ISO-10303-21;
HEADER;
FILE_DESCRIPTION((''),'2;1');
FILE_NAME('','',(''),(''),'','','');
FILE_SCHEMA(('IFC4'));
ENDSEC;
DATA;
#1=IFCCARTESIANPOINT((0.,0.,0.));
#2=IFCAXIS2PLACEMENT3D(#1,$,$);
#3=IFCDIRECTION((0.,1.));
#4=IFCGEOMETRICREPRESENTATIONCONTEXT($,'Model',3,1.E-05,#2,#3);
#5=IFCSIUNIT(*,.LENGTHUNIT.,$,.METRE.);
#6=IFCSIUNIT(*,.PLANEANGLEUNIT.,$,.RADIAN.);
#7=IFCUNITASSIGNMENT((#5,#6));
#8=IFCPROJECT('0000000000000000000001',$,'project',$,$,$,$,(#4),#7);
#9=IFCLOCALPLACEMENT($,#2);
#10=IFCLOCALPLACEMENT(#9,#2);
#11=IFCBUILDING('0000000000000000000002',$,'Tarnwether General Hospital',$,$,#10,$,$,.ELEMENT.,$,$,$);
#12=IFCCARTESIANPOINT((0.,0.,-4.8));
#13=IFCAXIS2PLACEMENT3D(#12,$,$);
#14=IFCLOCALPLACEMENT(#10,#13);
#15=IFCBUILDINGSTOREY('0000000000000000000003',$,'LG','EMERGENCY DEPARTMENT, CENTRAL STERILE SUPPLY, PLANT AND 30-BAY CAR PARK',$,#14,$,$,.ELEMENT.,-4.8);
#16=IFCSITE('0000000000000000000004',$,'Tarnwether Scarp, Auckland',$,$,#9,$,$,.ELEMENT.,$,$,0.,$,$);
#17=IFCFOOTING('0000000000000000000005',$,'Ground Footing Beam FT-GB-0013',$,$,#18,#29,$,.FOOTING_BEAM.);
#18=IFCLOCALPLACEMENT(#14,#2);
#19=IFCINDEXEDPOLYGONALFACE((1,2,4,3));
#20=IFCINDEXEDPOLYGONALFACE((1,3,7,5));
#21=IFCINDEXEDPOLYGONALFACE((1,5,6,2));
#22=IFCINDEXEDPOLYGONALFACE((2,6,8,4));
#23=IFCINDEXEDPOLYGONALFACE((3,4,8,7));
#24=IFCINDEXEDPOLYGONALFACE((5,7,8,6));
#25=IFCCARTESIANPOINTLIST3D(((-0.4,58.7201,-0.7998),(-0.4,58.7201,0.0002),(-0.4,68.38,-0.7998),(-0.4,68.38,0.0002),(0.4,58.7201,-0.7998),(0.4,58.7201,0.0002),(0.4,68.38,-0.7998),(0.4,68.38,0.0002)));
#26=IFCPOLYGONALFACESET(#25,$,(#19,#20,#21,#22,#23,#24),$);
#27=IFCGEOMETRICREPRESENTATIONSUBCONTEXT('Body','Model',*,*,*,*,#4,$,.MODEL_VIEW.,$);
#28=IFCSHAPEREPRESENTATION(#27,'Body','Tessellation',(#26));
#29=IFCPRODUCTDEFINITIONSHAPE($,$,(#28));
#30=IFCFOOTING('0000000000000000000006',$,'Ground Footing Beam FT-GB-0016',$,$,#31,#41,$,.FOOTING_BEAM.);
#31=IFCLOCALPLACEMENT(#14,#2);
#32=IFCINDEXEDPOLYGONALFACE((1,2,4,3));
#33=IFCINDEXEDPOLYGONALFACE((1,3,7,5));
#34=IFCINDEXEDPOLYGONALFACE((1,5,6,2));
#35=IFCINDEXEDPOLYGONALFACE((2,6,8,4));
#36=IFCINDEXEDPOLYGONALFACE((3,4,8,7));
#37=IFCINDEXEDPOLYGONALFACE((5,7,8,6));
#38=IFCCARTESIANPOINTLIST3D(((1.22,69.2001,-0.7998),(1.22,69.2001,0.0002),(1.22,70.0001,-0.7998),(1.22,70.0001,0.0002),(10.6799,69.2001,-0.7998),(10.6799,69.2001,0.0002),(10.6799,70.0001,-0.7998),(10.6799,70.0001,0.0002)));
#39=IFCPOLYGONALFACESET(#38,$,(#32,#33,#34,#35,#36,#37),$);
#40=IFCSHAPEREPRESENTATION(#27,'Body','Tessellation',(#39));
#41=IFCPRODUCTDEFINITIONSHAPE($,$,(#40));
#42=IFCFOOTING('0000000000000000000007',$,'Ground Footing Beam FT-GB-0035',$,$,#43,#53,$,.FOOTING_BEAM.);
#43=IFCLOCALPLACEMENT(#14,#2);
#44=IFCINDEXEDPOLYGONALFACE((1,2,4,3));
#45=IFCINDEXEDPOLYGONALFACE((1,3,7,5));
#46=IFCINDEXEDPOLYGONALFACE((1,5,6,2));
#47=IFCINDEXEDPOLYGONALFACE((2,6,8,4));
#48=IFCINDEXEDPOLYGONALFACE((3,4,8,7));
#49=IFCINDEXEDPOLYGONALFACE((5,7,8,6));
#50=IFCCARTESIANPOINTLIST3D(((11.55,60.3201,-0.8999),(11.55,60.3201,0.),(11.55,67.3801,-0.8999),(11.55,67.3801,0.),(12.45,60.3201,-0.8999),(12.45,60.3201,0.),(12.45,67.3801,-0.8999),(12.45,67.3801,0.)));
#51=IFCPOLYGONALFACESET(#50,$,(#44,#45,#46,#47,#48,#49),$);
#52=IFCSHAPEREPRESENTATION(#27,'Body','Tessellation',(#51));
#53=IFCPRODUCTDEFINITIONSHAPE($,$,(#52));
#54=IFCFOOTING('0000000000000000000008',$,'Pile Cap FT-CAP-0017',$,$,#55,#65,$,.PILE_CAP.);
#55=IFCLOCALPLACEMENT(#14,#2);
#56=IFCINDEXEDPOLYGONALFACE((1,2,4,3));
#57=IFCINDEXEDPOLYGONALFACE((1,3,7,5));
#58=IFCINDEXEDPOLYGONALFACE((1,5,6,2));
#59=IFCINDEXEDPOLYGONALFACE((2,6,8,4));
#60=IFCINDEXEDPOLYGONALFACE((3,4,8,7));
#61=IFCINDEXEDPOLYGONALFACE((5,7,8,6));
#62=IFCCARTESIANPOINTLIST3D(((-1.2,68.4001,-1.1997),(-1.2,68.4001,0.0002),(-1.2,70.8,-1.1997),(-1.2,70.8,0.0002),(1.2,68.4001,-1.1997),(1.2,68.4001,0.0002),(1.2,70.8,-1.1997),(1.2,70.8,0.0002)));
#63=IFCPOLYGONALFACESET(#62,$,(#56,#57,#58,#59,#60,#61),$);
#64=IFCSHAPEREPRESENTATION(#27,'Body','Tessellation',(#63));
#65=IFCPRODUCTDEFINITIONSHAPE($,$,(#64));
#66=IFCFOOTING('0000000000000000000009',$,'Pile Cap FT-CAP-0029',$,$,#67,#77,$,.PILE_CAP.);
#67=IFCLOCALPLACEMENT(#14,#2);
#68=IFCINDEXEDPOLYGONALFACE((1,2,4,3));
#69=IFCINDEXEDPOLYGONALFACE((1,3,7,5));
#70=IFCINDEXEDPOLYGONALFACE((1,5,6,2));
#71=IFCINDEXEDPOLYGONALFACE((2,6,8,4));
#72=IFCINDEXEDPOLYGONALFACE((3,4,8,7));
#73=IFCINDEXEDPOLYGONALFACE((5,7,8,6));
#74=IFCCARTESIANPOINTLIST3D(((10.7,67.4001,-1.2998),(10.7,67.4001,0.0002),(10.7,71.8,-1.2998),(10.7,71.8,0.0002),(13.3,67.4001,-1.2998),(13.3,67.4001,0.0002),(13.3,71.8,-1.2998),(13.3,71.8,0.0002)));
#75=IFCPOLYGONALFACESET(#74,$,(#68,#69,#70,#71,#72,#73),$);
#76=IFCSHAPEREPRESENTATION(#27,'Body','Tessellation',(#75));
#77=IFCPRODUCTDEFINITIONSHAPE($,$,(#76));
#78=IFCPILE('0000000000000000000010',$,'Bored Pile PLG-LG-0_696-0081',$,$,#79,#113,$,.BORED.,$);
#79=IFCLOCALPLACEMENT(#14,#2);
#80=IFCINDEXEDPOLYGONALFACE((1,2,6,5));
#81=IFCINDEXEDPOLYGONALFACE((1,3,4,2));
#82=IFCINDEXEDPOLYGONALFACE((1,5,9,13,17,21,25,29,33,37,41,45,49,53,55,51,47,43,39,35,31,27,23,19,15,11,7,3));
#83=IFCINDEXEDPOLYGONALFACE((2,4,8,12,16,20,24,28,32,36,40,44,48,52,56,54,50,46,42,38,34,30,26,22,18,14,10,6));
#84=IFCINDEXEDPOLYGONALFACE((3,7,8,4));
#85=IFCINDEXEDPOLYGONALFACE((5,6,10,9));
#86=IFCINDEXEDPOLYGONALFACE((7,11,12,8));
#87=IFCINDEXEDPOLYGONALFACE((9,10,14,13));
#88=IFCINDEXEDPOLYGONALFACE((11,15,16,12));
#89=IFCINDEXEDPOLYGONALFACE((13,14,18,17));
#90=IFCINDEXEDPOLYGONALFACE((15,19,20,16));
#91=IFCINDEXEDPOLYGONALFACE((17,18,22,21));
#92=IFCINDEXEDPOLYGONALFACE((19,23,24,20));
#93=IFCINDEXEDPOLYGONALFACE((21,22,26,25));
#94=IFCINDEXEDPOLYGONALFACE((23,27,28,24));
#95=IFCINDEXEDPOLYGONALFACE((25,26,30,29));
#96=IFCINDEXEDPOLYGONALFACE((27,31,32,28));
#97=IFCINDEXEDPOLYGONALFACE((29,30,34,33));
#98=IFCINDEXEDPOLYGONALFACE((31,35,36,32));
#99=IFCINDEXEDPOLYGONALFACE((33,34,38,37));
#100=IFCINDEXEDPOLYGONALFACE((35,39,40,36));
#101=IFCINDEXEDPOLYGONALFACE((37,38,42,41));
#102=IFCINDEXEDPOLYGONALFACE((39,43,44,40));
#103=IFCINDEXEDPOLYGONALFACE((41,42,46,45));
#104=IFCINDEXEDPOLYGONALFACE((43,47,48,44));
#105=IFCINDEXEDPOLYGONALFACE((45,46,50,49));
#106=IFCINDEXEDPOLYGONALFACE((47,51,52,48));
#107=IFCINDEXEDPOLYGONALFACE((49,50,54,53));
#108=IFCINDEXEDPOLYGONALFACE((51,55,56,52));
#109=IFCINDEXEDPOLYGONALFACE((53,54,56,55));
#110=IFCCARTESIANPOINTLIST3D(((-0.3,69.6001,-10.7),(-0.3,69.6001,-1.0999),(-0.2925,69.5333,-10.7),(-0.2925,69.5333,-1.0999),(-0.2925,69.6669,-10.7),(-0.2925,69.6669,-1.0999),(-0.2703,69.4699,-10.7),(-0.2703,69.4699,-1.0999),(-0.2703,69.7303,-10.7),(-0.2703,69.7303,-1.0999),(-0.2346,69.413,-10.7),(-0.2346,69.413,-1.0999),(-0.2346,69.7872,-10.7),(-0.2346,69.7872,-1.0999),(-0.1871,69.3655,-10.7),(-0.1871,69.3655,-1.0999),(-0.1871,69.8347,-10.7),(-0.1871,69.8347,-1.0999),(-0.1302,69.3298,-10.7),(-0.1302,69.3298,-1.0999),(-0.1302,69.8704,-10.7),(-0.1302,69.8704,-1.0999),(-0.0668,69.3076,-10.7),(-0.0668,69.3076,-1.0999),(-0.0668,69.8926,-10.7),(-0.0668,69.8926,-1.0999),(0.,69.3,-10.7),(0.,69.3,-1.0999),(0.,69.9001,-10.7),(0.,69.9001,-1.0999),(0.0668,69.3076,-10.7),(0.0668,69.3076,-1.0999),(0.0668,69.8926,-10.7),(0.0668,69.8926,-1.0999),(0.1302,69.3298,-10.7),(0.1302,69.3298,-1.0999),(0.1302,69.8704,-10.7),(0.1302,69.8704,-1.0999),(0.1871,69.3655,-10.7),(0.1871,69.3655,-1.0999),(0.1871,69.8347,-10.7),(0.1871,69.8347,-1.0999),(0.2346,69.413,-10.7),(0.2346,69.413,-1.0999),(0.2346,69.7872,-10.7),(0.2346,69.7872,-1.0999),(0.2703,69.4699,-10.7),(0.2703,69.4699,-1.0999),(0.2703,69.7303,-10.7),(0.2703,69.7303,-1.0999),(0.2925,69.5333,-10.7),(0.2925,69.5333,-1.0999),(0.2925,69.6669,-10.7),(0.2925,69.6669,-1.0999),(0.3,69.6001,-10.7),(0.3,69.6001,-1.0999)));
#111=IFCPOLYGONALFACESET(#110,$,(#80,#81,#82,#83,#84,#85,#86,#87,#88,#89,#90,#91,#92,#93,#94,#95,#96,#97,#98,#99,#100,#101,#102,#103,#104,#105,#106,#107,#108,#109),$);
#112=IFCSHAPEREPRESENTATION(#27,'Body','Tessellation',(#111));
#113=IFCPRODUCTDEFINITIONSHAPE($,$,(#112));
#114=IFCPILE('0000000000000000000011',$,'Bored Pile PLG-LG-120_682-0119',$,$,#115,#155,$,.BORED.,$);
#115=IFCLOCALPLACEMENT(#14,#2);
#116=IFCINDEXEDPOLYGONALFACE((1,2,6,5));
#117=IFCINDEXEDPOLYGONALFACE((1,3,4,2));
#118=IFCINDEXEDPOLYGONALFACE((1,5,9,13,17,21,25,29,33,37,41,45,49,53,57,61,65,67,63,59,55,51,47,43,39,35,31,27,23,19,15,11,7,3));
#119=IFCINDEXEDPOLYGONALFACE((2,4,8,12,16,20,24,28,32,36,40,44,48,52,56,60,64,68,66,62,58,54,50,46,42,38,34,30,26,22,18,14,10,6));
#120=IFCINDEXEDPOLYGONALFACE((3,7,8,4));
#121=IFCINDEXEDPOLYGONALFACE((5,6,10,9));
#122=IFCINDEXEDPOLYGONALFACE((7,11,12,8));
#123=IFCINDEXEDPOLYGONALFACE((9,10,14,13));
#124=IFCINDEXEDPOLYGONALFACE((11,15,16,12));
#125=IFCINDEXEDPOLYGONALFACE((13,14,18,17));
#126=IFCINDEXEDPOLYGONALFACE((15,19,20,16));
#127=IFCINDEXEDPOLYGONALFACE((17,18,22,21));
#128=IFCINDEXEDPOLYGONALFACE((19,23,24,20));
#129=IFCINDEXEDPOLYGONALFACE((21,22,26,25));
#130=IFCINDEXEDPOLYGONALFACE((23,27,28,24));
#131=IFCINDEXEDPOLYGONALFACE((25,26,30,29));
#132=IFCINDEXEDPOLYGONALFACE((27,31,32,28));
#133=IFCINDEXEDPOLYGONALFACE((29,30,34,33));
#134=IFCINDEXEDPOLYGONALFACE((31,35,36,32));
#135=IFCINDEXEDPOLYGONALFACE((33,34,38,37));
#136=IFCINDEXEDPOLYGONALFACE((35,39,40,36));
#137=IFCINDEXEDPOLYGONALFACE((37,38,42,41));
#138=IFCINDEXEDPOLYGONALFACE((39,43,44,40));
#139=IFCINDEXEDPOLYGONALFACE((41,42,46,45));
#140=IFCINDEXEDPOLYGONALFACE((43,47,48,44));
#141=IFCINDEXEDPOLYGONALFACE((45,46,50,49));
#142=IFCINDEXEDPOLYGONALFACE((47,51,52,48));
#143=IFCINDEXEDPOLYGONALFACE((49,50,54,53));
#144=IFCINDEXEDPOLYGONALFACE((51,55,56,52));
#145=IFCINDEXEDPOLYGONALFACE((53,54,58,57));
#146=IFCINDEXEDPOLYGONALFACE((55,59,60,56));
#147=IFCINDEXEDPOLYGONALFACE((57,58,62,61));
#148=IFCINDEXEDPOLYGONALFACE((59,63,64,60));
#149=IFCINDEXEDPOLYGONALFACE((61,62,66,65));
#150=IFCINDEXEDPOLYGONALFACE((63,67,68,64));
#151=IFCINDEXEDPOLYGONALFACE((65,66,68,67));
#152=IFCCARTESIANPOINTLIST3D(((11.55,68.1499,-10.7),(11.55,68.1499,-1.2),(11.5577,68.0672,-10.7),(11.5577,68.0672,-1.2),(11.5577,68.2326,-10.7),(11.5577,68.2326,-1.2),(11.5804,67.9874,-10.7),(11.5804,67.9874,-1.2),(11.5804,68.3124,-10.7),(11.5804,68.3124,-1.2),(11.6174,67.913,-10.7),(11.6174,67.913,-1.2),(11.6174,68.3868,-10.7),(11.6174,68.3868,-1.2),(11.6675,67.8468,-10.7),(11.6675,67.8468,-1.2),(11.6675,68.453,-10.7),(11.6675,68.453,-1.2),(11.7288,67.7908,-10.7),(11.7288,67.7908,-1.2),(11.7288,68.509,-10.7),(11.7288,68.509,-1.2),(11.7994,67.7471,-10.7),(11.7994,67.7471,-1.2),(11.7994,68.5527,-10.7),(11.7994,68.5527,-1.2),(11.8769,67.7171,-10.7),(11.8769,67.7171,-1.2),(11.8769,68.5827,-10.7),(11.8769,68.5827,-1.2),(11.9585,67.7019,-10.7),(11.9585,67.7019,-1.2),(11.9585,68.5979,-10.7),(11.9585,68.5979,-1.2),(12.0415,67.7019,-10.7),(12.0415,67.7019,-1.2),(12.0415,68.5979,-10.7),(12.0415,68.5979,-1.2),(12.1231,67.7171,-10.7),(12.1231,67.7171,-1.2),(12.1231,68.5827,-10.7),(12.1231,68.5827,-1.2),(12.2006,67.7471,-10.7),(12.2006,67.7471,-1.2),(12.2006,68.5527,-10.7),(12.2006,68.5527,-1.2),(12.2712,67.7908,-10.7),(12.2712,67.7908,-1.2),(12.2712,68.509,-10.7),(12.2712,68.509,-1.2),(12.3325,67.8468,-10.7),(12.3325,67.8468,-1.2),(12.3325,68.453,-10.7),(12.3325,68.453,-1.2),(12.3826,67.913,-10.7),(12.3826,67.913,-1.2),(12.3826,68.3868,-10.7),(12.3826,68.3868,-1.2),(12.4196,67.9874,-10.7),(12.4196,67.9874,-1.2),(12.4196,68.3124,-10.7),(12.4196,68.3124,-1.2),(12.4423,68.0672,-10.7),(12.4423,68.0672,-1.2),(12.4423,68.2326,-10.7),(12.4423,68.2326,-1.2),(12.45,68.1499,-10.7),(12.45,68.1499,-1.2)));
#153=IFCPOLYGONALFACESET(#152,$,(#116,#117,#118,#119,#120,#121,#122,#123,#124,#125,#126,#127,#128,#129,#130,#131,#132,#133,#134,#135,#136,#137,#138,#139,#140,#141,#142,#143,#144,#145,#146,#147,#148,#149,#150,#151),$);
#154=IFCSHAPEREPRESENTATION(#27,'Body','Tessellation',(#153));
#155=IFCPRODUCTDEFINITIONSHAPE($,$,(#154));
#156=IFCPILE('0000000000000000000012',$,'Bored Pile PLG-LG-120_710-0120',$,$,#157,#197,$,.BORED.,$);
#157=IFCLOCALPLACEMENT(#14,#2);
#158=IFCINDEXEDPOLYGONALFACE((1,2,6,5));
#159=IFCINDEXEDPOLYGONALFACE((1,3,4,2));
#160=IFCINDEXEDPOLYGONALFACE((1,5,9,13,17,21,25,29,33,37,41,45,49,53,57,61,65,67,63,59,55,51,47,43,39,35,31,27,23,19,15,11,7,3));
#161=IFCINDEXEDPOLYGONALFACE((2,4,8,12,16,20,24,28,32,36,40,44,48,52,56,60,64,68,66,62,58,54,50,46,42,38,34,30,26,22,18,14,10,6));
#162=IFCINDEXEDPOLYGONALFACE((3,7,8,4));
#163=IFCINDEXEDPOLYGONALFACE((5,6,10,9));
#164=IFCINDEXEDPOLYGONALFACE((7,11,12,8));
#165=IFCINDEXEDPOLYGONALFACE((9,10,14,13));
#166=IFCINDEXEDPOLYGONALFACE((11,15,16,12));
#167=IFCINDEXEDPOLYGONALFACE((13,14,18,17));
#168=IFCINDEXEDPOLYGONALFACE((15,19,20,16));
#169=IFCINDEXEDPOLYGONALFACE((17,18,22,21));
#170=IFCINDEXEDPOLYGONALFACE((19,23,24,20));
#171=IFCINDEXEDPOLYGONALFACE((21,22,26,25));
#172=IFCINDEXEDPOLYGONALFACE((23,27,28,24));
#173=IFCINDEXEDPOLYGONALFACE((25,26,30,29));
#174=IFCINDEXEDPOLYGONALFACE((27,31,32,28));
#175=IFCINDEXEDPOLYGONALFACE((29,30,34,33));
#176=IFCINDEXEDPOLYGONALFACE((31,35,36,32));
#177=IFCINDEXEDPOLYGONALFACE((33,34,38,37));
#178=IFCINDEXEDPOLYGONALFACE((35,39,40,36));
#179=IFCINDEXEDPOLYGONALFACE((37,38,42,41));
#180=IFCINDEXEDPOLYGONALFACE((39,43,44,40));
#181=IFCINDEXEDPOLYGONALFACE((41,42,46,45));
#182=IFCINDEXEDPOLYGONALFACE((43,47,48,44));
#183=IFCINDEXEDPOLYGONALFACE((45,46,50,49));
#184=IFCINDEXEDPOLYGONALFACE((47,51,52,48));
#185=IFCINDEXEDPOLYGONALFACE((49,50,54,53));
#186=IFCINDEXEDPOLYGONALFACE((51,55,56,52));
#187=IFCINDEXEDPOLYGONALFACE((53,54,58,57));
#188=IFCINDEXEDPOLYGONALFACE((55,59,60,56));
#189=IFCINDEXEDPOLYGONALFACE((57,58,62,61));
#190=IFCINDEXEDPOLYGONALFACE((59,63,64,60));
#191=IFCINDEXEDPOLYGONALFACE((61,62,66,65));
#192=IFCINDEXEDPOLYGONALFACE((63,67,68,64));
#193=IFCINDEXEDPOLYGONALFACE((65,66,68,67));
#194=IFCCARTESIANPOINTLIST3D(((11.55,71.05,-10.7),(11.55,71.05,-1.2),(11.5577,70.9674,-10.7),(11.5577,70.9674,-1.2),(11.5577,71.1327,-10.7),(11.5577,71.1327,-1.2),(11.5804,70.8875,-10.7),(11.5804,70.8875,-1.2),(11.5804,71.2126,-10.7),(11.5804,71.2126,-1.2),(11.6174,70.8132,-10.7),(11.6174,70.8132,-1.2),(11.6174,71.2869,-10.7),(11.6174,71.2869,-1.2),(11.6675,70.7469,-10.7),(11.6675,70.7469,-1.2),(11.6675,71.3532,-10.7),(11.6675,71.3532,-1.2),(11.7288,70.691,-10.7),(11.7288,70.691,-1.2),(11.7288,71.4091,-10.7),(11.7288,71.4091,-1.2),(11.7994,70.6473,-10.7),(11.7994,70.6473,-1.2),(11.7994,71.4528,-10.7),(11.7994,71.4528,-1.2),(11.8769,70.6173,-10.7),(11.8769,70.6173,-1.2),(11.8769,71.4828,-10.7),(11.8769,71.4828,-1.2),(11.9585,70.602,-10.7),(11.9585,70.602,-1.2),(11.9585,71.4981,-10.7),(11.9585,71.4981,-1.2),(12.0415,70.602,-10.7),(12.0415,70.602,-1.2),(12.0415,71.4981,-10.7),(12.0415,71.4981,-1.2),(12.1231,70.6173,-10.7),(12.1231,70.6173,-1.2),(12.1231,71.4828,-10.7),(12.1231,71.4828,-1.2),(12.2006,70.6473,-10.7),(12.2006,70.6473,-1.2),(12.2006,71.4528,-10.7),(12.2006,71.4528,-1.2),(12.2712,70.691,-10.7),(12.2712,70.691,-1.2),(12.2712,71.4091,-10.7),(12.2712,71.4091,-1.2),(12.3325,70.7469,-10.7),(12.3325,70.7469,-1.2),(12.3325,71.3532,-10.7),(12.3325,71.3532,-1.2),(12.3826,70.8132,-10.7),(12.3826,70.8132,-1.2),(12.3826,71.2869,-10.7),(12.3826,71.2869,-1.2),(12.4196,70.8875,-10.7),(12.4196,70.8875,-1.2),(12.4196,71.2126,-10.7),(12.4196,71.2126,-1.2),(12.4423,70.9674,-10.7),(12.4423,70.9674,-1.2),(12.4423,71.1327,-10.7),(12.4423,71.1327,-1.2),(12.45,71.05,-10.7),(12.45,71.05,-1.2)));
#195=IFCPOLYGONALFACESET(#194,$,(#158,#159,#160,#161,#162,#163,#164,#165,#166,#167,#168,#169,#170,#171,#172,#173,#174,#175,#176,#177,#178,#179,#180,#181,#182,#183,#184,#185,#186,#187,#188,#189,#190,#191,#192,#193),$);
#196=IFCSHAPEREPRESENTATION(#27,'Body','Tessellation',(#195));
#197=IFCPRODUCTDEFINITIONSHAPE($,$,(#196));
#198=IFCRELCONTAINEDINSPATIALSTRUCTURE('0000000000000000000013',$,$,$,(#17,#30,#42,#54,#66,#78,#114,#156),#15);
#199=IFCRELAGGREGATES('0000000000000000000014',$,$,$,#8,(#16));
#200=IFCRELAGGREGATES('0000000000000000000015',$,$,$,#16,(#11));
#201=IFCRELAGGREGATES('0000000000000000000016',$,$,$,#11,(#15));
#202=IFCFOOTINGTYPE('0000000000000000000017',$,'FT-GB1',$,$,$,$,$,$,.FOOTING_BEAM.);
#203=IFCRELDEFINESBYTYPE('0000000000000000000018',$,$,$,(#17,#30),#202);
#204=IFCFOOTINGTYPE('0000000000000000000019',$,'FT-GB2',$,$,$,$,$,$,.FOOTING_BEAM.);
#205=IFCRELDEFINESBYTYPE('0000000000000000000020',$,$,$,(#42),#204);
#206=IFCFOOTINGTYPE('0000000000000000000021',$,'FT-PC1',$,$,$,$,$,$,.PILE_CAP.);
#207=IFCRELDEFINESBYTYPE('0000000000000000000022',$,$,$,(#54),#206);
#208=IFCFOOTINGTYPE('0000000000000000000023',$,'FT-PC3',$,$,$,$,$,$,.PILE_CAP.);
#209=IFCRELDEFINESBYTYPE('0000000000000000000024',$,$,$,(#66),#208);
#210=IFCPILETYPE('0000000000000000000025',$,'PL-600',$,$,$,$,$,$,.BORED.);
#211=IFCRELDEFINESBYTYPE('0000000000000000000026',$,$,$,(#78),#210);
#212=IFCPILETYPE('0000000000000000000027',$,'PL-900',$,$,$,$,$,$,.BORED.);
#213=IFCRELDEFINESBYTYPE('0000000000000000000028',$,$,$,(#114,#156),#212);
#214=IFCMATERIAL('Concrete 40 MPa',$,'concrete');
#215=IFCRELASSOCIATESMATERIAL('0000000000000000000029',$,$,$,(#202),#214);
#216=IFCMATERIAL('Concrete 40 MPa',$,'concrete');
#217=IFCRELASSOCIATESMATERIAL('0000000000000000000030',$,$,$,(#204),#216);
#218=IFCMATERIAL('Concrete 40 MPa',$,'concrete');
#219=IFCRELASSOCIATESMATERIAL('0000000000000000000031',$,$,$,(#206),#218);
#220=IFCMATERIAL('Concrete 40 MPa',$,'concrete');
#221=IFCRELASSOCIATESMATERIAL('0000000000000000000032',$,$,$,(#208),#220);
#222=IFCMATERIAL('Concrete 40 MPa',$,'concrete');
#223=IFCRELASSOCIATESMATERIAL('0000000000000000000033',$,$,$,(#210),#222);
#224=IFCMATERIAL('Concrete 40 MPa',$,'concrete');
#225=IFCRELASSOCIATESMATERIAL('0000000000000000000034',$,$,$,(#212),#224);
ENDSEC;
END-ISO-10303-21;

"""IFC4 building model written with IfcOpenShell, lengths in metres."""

from ifc_helpers import new_model, si_unit, direction, frame, origin, origin_2d, place, context, subcontext, project, spatial, rectangle, circle, extrude, material, material_profile, profile_set, type_object, element, save


model = new_model("IFC4")

# Units and contexts
model_context = context("Model", 3, precision=1e-05, world=origin(), true_north=direction((0.0, 1.0)))
body_context = subcontext(model_context, "Body", "Model", "MODEL_VIEW")
ifc_project = project(units=[si_unit("LENGTHUNIT", "METRE"), si_unit("PLANEANGLEUNIT", "RADIAN")], contexts=[model_context])

# Site, building, storey
site_placement = place(None, origin())
site = spatial("IfcSite", under=ifc_project, at=site_placement, Name="Tarnwether Scarp, Auckland", CompositionType="ELEMENT", RefElevation=0.0)
building_placement = place(site_placement, origin())
building = spatial("IfcBuilding", under=site, at=building_placement, Name="Tarnwether General Hospital", CompositionType="ELEMENT")
storey_placement = place(building_placement, frame((0.0, 0.0, -4.8)))
storey = spatial("IfcBuildingStorey", under=building, at=storey_placement, Name="LG", Description="EMERGENCY DEPARTMENT, CENTRAL STERILE SUPPLY, PLANT AND 30-BAY CAR PARK", CompositionType="ELEMENT", Elevation=-4.8)

# Footings
ifc_material_1 = material(Name="Concrete 40 MPa", Category="concrete")
footing_type_1 = type_object("IfcFootingType", Name="FT-GB1", PredefinedType="FOOTING_BEAM", material=ifc_material_1)
footing_1_placement = place(storey_placement, frame((0.0, 63.55, -0.7998), z_axis=(0.0, 0.0, 1.0), x_axis=(0.0, 1.0, 0.0)))
element("IfcFooting", 1, at=footing_1_placement, inside=storey, type_object=footing_type_1, Name="Ground Footing Beam FT-GB-0013", PredefinedType="FOOTING_BEAM", context=body_context, shape_type="SweptSolid", body=[
    extrude(rectangle(XDim=9.6599, YDim=0.8, at=origin_2d()), origin(), (0.0, 0.0, 1.0), 0.8),
])
footing_2_placement = place(storey_placement, frame((5.95, 69.6001, -0.7998), z_axis=(0.0, 0.0, 1.0), x_axis=(1.0, 0.0, 0.0)))
element("IfcFooting", 2, at=footing_2_placement, inside=storey, type_object=footing_type_1, Name="Ground Footing Beam FT-GB-0016", PredefinedType="FOOTING_BEAM", context=body_context, shape_type="SweptSolid", body=[
    extrude(rectangle(XDim=9.46, YDim=0.8, at=origin_2d()), origin(), (0.0, 0.0, 1.0), 0.8),
])
ifc_material_2 = material(Name="Concrete 40 MPa", Category="concrete")
footing_type_2 = type_object("IfcFootingType", Name="FT-GB2", PredefinedType="FOOTING_BEAM", material=ifc_material_2)
footing_3_placement = place(storey_placement, frame((12.0, 63.8501, -0.8999), z_axis=(0.0, 0.0, 1.0), x_axis=(0.0, 1.0, 0.0)))
element("IfcFooting", 3, at=footing_3_placement, inside=storey, type_object=footing_type_2, Name="Ground Footing Beam FT-GB-0035", PredefinedType="FOOTING_BEAM", context=body_context, shape_type="SweptSolid", body=[
    extrude(rectangle(XDim=7.0601, YDim=0.8999, at=origin_2d()), origin(), (0.0, 0.0, 1.0), 0.8999),
])
ifc_material_3 = material(Name="Concrete 40 MPa", Category="concrete")
footing_type_3 = type_object("IfcFootingType", Name="FT-PC1", PredefinedType="PILE_CAP", material=ifc_material_3)
footing_4_placement = place(storey_placement, frame((0.0, 69.6001, -1.1997), z_axis=(0.0, 0.0, 1.0), x_axis=(1.0, 0.0, 0.0)))
element("IfcFooting", 4, at=footing_4_placement, inside=storey, type_object=footing_type_3, Name="Pile Cap FT-CAP-0017", PredefinedType="PILE_CAP", context=body_context, shape_type="SweptSolid", body=[
    extrude(rectangle(XDim=2.3999, YDim=2.3999, at=origin_2d()), origin(), (0.0, 0.0, 1.0), 1.2),
])
ifc_material_4 = material(Name="Concrete 40 MPa", Category="concrete")
footing_type_4 = type_object("IfcFootingType", Name="FT-PC3", PredefinedType="PILE_CAP", material=ifc_material_4)
footing_5_placement = place(storey_placement, frame((12.0, 69.6001, -1.2998), z_axis=(0.0, 0.0, 1.0), x_axis=(0.0, 1.0, 0.0)))
element("IfcFooting", 5, at=footing_5_placement, inside=storey, type_object=footing_type_4, Name="Pile Cap FT-CAP-0029", PredefinedType="PILE_CAP", context=body_context, shape_type="SweptSolid", body=[
    extrude(rectangle(XDim=4.3999, YDim=2.6001, at=origin_2d()), origin(), (0.0, 0.0, 1.0), 1.3),
])

# Piles
ifc_material_5 = material(Name="Concrete 40 MPa", Category="concrete")
ifc_material_profile_1 = material_profile(ifc_material_5, circle(Radius=0.3, at=origin_2d()), Name="PILE-D600")
ifc_profile_set_1 = profile_set([ifc_material_profile_1], Name="Concrete 40 MPa")
pile_type_1 = type_object("IfcPileType", Name="PL-600", PredefinedType="BORED", material=ifc_profile_set_1)
pile_placement = place(storey_placement, frame((0.0, 69.6001, -1.0999), z_axis=(0.0, 0.0, -1.0), x_axis=(1.0, 0.0, 0.0)))
element("IfcPile", 6, at=pile_placement, inside=storey, type_object=pile_type_1, Name="Bored Pile PLG-LG-0_696-0081", PredefinedType="BORED", context=body_context, shape_type="SweptSolid", body=[
    extrude(circle(Radius=0.3, at=origin_2d()), origin(), (0.0, 0.0, 1.0), 9.6001),
])
ifc_material_6 = material(Name="Concrete 40 MPa", Category="concrete")
ifc_material_profile_2 = material_profile(ifc_material_6, circle(Radius=0.45, at=origin_2d()), Name="PILE-D900")
ifc_profile_set_2 = profile_set([ifc_material_profile_2], Name="Concrete 40 MPa")
pile_type_2 = type_object("IfcPileType", Name="PL-900", PredefinedType="BORED", material=ifc_profile_set_2)
for number, where, z_axis, x_axis, name in (
    (7, (12.0, 68.1499, -1.2), (0.0, 0.0, -1.0), (1.0, 0.0, 0.0), "Bored Pile PLG-LG-120_682-0119"),
    (8, (12.0, 71.05, -1.2), (0.0, 0.0, -1.0), (1.0, 0.0, 0.0), "Bored Pile PLG-LG-120_710-0120"),
):
    element("IfcPile", number, at=place(storey_placement, frame(where, z_axis=z_axis, x_axis=x_axis)), inside=storey, type_object=pile_type_2, Name=name, PredefinedType="BORED", context=body_context, shape_type="SweptSolid", body=[
        extrude(circle(Radius=0.45, at=origin_2d()), origin(), (0.0, 0.0, 1.0), 9.5),
    ])

save(model, "model.ifc")
